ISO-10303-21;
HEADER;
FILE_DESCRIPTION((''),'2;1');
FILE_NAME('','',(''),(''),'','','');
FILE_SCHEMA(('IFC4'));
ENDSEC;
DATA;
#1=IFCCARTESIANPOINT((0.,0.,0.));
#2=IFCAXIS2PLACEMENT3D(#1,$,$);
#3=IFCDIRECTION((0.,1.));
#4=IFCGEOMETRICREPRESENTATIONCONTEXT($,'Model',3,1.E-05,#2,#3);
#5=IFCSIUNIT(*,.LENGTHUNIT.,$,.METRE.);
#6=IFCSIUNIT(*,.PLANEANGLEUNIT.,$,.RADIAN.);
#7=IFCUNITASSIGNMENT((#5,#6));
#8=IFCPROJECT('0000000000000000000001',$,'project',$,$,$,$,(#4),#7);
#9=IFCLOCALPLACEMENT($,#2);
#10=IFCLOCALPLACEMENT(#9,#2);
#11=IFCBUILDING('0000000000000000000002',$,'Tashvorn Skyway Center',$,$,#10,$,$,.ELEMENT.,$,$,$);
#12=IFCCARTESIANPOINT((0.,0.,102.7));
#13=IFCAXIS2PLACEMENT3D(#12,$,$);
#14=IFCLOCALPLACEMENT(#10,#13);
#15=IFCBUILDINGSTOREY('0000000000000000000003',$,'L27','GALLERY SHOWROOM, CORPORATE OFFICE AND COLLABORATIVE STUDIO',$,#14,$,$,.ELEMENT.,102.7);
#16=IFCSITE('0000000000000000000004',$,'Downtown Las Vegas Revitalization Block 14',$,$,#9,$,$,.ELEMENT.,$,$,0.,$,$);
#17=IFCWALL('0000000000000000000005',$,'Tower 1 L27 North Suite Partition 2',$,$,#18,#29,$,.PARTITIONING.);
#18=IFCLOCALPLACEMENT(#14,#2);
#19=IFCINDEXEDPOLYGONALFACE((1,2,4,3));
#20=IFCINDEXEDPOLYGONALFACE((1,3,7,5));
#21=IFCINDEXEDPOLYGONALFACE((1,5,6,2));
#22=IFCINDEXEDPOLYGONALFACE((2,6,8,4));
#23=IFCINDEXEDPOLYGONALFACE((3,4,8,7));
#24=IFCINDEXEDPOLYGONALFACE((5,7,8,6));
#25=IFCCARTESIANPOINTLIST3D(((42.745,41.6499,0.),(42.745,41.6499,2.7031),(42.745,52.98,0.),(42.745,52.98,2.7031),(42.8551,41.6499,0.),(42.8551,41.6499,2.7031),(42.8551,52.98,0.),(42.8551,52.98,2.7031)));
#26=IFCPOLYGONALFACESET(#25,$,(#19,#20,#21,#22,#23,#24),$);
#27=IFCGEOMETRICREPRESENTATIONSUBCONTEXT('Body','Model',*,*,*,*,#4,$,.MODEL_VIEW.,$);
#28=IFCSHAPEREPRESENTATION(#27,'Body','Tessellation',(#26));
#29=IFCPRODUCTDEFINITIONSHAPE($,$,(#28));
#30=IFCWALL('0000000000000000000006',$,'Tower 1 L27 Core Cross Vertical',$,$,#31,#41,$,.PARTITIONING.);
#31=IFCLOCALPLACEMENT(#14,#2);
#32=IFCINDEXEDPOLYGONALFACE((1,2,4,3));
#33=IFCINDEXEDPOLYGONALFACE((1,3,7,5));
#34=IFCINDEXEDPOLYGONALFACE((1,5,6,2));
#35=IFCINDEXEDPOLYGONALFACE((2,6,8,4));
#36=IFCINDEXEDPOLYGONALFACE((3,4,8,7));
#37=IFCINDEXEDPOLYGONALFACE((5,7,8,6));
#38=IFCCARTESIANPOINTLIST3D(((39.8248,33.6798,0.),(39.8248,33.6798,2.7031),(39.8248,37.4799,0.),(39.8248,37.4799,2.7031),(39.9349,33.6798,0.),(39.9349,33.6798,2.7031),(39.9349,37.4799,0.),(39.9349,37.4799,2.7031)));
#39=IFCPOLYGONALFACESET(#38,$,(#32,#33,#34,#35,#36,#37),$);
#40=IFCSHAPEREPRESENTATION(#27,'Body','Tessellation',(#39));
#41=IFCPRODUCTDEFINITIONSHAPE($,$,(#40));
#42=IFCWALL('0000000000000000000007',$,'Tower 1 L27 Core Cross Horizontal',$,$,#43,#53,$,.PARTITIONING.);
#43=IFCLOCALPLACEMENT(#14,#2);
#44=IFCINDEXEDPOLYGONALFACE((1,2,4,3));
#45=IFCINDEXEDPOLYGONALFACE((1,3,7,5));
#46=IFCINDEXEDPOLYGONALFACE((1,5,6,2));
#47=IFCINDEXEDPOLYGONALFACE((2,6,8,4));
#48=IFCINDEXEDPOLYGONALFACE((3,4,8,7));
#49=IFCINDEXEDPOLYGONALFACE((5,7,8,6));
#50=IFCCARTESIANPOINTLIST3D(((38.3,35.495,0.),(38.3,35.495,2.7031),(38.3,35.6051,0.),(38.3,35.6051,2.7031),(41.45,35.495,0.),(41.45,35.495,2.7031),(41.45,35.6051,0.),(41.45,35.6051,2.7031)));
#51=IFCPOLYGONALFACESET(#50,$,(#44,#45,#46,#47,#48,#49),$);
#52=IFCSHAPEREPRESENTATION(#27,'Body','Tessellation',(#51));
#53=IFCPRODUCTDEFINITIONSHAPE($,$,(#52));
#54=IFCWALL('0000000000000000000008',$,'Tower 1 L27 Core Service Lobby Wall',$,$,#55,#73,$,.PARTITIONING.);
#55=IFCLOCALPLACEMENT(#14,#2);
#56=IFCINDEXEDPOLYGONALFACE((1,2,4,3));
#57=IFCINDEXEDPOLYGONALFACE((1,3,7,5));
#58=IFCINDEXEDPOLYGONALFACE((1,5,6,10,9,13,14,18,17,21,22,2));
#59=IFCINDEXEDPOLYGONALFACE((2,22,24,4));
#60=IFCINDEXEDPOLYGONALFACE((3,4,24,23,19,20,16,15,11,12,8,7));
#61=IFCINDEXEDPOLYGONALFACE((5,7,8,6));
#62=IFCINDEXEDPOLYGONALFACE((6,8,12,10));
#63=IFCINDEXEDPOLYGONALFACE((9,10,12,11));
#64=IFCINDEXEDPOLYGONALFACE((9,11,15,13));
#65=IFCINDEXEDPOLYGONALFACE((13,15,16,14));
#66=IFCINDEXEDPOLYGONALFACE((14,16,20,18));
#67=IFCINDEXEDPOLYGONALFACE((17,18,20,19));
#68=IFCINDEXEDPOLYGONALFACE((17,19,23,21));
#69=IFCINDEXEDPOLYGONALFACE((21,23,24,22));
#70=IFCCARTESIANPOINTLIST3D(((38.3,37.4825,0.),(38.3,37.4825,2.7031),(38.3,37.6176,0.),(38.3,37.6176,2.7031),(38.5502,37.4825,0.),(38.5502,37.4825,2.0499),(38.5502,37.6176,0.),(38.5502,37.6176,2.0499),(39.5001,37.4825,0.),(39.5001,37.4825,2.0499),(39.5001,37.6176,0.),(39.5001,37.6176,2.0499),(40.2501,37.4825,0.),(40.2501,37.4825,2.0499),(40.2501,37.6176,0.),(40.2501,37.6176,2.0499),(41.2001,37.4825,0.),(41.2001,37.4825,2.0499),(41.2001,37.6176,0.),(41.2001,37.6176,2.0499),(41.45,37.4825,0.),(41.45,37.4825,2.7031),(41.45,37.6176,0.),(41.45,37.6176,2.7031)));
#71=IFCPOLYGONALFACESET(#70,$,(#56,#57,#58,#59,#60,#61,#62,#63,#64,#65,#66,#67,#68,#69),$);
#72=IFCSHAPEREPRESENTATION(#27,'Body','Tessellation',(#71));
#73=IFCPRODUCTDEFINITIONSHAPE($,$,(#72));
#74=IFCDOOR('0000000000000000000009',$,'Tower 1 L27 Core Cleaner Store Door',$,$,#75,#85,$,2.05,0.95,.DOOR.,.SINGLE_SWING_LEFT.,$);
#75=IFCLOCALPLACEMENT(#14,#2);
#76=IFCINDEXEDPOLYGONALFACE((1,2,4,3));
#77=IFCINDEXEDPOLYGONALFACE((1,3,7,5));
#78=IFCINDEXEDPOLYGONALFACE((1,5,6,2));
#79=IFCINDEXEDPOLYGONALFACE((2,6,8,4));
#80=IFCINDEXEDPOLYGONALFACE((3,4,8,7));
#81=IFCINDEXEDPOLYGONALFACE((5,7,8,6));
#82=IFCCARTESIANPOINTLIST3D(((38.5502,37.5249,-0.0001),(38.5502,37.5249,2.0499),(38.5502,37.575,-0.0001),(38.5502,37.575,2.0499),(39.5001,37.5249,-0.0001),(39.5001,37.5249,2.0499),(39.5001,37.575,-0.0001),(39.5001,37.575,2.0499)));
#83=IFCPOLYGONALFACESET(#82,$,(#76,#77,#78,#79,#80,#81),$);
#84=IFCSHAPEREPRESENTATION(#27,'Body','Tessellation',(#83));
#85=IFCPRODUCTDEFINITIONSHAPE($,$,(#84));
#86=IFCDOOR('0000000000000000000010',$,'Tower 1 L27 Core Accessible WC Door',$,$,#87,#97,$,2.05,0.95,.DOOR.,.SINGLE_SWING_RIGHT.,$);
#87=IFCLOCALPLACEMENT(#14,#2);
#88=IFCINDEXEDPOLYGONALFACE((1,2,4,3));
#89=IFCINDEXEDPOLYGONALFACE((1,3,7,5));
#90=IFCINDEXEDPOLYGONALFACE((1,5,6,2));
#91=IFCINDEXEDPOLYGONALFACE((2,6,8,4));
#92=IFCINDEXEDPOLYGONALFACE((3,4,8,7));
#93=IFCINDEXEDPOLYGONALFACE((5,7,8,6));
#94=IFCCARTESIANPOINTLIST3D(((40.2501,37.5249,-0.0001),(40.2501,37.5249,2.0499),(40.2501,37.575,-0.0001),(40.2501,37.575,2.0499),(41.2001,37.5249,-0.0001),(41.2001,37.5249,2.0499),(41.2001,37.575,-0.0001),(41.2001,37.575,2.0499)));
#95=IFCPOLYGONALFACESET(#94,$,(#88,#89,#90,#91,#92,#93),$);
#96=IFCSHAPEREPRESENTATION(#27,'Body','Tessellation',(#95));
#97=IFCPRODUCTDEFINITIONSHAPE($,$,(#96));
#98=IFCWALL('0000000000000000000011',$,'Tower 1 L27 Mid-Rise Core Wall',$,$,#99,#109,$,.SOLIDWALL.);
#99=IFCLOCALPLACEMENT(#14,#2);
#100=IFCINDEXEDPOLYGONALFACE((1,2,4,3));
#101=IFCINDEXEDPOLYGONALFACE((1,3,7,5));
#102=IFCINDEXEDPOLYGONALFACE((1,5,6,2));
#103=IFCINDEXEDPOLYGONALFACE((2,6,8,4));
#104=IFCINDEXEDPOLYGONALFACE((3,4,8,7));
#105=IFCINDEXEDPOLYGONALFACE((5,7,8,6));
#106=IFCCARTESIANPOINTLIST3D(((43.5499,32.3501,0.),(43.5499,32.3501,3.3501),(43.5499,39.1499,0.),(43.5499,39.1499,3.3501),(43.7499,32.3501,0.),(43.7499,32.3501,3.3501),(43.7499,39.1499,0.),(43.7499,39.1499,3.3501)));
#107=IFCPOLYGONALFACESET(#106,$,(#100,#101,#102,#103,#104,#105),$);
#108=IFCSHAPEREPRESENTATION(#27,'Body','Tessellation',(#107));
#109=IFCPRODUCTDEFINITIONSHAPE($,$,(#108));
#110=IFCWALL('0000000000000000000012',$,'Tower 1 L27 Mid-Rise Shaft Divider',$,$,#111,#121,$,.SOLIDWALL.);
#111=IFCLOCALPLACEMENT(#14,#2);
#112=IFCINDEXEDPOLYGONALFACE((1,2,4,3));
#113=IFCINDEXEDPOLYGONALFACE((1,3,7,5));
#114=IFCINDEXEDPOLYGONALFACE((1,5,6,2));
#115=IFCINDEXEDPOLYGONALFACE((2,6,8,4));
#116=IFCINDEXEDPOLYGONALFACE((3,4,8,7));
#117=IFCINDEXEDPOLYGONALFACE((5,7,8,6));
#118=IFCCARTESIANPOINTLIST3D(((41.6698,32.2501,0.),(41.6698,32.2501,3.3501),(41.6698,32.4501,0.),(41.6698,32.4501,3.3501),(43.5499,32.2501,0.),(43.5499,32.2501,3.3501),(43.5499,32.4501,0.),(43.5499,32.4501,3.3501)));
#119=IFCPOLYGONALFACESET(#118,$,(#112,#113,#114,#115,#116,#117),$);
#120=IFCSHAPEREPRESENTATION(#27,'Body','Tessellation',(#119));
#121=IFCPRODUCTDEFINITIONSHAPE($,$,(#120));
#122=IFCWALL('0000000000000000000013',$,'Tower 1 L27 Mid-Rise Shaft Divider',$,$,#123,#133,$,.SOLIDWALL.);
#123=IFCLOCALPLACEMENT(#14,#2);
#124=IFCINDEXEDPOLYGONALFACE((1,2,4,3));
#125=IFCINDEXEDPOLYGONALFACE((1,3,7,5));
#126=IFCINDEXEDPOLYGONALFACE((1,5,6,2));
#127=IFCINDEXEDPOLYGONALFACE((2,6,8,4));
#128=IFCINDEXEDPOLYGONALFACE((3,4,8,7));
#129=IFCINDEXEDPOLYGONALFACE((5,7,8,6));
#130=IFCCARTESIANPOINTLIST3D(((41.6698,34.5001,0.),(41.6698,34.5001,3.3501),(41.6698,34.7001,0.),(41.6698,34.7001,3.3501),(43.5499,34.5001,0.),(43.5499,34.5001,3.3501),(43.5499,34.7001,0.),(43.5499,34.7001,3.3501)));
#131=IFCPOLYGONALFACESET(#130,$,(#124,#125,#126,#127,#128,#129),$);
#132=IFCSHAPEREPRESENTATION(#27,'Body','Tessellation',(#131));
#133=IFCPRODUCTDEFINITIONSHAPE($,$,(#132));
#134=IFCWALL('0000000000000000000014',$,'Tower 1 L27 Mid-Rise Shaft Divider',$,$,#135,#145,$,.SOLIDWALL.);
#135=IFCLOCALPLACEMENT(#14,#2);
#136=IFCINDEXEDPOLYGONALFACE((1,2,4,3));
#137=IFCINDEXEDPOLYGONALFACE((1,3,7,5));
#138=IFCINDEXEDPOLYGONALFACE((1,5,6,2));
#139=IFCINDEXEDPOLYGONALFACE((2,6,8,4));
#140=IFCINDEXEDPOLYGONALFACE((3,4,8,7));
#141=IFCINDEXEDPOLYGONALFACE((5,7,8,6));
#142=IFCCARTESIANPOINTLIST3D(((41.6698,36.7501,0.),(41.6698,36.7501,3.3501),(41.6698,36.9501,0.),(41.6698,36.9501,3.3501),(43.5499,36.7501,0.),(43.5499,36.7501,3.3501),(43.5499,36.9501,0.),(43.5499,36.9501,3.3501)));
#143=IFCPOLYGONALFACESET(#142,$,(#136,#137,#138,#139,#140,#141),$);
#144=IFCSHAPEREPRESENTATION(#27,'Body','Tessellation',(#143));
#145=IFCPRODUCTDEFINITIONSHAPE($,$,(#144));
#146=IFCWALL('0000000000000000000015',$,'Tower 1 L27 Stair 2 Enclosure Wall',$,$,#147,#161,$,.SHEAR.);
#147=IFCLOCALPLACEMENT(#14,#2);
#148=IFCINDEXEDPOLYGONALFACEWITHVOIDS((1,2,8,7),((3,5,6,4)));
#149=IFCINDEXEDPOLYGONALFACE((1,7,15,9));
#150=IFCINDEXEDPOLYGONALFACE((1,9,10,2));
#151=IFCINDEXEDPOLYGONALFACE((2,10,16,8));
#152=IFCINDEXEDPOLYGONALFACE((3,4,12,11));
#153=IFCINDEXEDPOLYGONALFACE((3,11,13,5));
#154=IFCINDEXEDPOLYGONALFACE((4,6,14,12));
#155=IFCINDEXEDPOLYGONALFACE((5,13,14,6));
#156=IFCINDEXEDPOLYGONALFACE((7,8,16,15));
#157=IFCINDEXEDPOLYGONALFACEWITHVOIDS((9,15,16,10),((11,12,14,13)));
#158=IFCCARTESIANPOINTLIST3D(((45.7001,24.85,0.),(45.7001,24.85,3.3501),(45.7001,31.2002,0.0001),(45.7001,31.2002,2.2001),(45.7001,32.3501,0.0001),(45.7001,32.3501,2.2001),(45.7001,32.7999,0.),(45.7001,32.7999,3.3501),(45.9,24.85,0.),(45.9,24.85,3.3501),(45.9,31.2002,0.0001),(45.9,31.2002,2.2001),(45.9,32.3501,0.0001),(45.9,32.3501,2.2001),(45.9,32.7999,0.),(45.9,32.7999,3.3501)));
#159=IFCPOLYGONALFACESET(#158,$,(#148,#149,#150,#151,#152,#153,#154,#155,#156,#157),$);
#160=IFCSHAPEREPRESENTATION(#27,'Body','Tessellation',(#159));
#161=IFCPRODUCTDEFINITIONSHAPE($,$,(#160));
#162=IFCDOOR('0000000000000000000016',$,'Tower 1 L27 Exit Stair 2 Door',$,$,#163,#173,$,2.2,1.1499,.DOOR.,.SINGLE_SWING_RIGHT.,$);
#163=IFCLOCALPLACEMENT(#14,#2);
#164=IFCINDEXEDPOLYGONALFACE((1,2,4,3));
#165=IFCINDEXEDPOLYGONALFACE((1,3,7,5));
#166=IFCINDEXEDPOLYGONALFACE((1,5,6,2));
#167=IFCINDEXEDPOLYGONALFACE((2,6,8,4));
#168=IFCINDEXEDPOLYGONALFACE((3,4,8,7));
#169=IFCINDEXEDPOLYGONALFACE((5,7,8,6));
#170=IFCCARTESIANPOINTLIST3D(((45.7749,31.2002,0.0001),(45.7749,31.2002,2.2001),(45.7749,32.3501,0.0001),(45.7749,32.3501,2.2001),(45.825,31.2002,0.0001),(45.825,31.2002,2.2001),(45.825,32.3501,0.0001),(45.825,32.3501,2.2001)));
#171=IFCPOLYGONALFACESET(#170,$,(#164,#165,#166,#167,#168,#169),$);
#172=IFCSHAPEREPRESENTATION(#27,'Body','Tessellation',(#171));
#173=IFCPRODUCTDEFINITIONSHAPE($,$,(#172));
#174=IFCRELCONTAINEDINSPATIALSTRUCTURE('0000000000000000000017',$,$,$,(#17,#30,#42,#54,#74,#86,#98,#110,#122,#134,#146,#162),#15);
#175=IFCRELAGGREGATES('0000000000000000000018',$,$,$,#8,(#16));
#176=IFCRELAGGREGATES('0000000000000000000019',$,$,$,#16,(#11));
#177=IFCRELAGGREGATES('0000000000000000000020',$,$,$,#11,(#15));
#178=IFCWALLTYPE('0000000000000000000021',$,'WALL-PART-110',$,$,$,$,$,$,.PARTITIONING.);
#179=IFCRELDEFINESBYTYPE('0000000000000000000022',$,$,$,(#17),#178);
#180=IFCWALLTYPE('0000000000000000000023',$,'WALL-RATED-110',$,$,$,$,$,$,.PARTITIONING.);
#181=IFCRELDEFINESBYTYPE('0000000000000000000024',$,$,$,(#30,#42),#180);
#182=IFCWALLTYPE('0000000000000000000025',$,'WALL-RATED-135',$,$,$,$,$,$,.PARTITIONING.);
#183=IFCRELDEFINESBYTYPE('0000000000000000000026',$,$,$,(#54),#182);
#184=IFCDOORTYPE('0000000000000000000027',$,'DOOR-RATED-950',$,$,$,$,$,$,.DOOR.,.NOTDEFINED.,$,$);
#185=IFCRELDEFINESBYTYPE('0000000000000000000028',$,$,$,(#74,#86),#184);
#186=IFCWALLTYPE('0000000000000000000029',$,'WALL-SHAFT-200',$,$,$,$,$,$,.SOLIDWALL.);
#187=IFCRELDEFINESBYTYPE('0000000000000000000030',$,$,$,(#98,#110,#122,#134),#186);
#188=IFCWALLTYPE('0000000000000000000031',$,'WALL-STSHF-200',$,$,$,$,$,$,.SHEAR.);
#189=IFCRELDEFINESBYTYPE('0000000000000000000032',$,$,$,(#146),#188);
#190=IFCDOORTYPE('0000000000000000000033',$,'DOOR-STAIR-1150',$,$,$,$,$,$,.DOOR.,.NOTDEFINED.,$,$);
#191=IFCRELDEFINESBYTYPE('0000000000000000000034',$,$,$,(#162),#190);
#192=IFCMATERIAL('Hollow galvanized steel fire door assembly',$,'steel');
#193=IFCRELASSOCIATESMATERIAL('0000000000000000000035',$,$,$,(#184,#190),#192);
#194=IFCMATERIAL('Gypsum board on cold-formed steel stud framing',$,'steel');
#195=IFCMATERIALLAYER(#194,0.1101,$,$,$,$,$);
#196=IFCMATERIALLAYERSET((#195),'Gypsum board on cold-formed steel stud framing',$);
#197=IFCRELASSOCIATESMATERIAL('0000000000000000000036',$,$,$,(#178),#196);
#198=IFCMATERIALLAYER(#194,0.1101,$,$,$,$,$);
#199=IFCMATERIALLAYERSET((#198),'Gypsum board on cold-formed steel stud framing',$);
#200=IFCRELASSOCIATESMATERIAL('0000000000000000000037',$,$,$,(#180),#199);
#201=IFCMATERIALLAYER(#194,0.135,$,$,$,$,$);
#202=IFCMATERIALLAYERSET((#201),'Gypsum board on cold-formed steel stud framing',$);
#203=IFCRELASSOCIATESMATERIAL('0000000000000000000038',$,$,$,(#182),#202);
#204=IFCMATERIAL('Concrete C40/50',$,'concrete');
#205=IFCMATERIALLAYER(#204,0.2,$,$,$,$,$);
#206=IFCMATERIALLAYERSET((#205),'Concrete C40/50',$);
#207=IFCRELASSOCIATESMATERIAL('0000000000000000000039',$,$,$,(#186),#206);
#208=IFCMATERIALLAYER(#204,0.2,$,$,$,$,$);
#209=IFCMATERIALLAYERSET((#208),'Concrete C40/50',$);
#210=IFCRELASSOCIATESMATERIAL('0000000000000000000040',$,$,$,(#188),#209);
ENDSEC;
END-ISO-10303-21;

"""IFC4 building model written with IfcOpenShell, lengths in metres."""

from ifc_helpers import new_model, si_unit, direction, frame, frame_2d, origin, place, context, subcontext, project, spatial, rectangle, extrude, material, layer, layer_set, type_object, element, fill, save


model = new_model("IFC4")

# Units and contexts
model_context = context("Model", 3, precision=1e-05, world=origin(), true_north=direction((0.0, 1.0)))
body_context = subcontext(model_context, "Body", "Model", "MODEL_VIEW")
ifc_project = project(units=[si_unit("LENGTHUNIT", "METRE"), si_unit("PLANEANGLEUNIT", "RADIAN")], contexts=[model_context])

# Site, building, storey
site_placement = place(None, origin())
site = spatial("IfcSite", under=ifc_project, at=site_placement, Name="Downtown Las Vegas Revitalization Block 14", CompositionType="ELEMENT", RefElevation=0.0)
building_placement = place(site_placement, origin())
building = spatial("IfcBuilding", under=site, at=building_placement, Name="Tashvorn Skyway Center", CompositionType="ELEMENT")
storey_placement = place(building_placement, frame((0.0, 0.0, 102.7)))
storey = spatial("IfcBuildingStorey", under=building, at=storey_placement, Name="L27", Description="GALLERY SHOWROOM, CORPORATE OFFICE AND COLLABORATIVE STUDIO", CompositionType="ELEMENT", Elevation=102.7)

# Shared definitions
ifc_material_1 = material(Name="Concrete C40/50", Category="concrete")
ifc_material_2 = material(Name="Hollow galvanized steel fire door assembly", Category="steel")
door_type_1 = type_object("IfcDoorType", Name="DOOR-RATED-950", OperationType="NOTDEFINED", PredefinedType="DOOR", material=ifc_material_2)

# Walls
ifc_material_3 = material(Name="Gypsum board on cold-formed steel stud framing", Category="steel")
ifc_layer_1 = layer(ifc_material_3, 0.1101)
ifc_layer_set_1 = layer_set([ifc_layer_1], Name="Gypsum board on cold-formed steel stud framing")
wall_type_1 = type_object("IfcWallType", Name="WALL-PART-110", PredefinedType="PARTITIONING", material=ifc_layer_set_1)
wall_1_placement = place(storey_placement, frame((42.8, 41.6499, 0.0), z_axis=(0.0, 0.0, 1.0), x_axis=(0.0, 1.0, 0.0)))
element("IfcWall", 1, at=wall_1_placement, inside=storey, type_object=wall_type_1, Name="Tower 1 L27 North Suite Partition 2", PredefinedType="PARTITIONING", context=body_context, shape_type="SweptSolid", body=[
    extrude(rectangle(XDim=11.3301, YDim=0.1101, at=frame_2d((5.665, 0.0))), origin(), (0.0, 0.0, 1.0), 2.7031),
])
ifc_layer_2 = layer(ifc_material_3, 0.1101)
ifc_layer_set_2 = layer_set([ifc_layer_2], Name="Gypsum board on cold-formed steel stud framing")
wall_type_2 = type_object("IfcWallType", Name="WALL-RATED-110", PredefinedType="PARTITIONING", material=ifc_layer_set_2)
wall_2_placement = place(storey_placement, frame((39.8799, 33.6799, 0.0), z_axis=(0.0, 0.0, 1.0), x_axis=(0.0, 1.0, 0.0)))
element("IfcWall", 2, at=wall_2_placement, inside=storey, type_object=wall_type_2, Name="Tower 1 L27 Core Cross Vertical", PredefinedType="PARTITIONING", context=body_context, shape_type="SweptSolid", body=[
    extrude(rectangle(XDim=3.8, YDim=0.1101, at=frame_2d((1.8999, 0.0))), origin(), (0.0, 0.0, 1.0), 2.7031),
])
wall_3_placement = place(storey_placement, frame((38.3, 35.55, 0.0), z_axis=(0.0, 0.0, 1.0), x_axis=(1.0, 0.0, 0.0)))
element("IfcWall", 3, at=wall_3_placement, inside=storey, type_object=wall_type_2, Name="Tower 1 L27 Core Cross Horizontal", PredefinedType="PARTITIONING", context=body_context, shape_type="SweptSolid", body=[
    extrude(rectangle(XDim=3.1499, YDim=0.1101, at=frame_2d((1.575, 0.0))), origin(), (0.0, 0.0, 1.0), 2.7031),
])

# Wall, openings, doors
ifc_layer_3 = layer(ifc_material_3, 0.135)
ifc_layer_set_3 = layer_set([ifc_layer_3], Name="Gypsum board on cold-formed steel stud framing")
wall_type_3 = type_object("IfcWallType", Name="WALL-RATED-135", PredefinedType="PARTITIONING", material=ifc_layer_set_3)
wall_4_placement = place(storey_placement, frame((38.3, 37.55, 0.0), z_axis=(0.0, 0.0, 1.0), x_axis=(1.0, 0.0, 0.0)))
wall_4 = element("IfcWall", 4, at=wall_4_placement, inside=storey, type_object=wall_type_3, Name="Tower 1 L27 Core Service Lobby Wall", PredefinedType="PARTITIONING", context=body_context, shape_type="SweptSolid", body=[
    extrude(rectangle(XDim=3.1499, YDim=0.135, at=frame_2d((1.575, 0.0))), origin(), (0.0, 0.0, 1.0), 2.7031),
])
opening_1_placement = place(wall_4_placement, frame((0.25, 0.0, 0.0)))
opening_1 = element("IfcOpeningElement", 5, at=opening_1_placement, cuts=wall_4, PredefinedType="OPENING", context=body_context, shape_type="SweptSolid", body=[
    extrude(rectangle(XDim=0.95, YDim=2.05, at=frame_2d((0.4751, 1.0249))), frame((0.0, 0.0774, 0.0), z_axis=(0.0, -1.0, 0.0), x_axis=(1.0, 0.0, 0.0)), (0.0, 0.0, 1.0), 0.155),
])
opening_2_placement = place(wall_4_placement, frame((1.95, 0.0, 0.0)))
opening_2 = element("IfcOpeningElement", 6, at=opening_2_placement, cuts=wall_4, PredefinedType="OPENING", context=body_context, shape_type="SweptSolid", body=[
    extrude(rectangle(XDim=0.95, YDim=2.05, at=frame_2d((0.4751, 1.0249))), frame((0.0, 0.0774, 0.0), z_axis=(0.0, -1.0, 0.0), x_axis=(1.0, 0.0, 0.0)), (0.0, 0.0, 1.0), 0.155),
])
door_1_placement = place(opening_1_placement, origin())
door_1 = element("IfcDoor", 7, at=door_1_placement, inside=storey, type_object=door_type_1, Name="Tower 1 L27 Core Cleaner Store Door", OperationType="SINGLE_SWING_LEFT", OverallHeight=2.05, OverallWidth=0.95, PredefinedType="DOOR", context=body_context, shape_type="SweptSolid", body=[
    extrude(rectangle(XDim=0.95, YDim=2.05, at=frame_2d((0.4751, 1.0249))), frame((0.0, 0.0249, 0.0), z_axis=(0.0, -1.0, 0.0), x_axis=(1.0, 0.0, 0.0)), (0.0, 0.0, 1.0), 0.05),
])
fill(opening_1, door_1)
door_2_placement = place(opening_2_placement, origin())
door_2 = element("IfcDoor", 8, at=door_2_placement, inside=storey, type_object=door_type_1, Name="Tower 1 L27 Core Accessible WC Door", OperationType="SINGLE_SWING_RIGHT", OverallHeight=2.05, OverallWidth=0.95, PredefinedType="DOOR", context=body_context, shape_type="SweptSolid", body=[
    extrude(rectangle(XDim=0.95, YDim=2.05, at=frame_2d((0.4751, 1.0249))), frame((0.0, 0.0249, 0.0), z_axis=(0.0, -1.0, 0.0), x_axis=(1.0, 0.0, 0.0)), (0.0, 0.0, 1.0), 0.05),
])
fill(opening_2, door_2)

# Walls
ifc_layer_4 = layer(ifc_material_1, 0.2)
ifc_layer_set_4 = layer_set([ifc_layer_4], Name="Concrete C40/50")
wall_type_4 = type_object("IfcWallType", Name="WALL-SHAFT-200", PredefinedType="SOLIDWALL", material=ifc_layer_set_4)
wall_5_placement = place(storey_placement, frame((43.6499, 32.3501, 0.0), z_axis=(0.0, 0.0, 1.0), x_axis=(0.0, 1.0, 0.0)))
element("IfcWall", 9, at=wall_5_placement, inside=storey, type_object=wall_type_4, Name="Tower 1 L27 Mid-Rise Core Wall", PredefinedType="SOLIDWALL", context=body_context, shape_type="SweptSolid", body=[
    extrude(rectangle(XDim=6.7998, YDim=0.2, at=frame_2d((3.3999, 0.0))), origin(), (0.0, 0.0, 1.0), 3.3501),
])
for number, where, z_axis, x_axis, name in (
    (10, (41.6699, 32.3501, 0.0), (0.0, 0.0, 1.0), (1.0, 0.0, 0.0), "Tower 1 L27 Mid-Rise Shaft Divider"),
    (11, (41.6699, 34.6001, 0.0), (0.0, 0.0, 1.0), (1.0, 0.0, 0.0), "Tower 1 L27 Mid-Rise Shaft Divider"),
    (12, (41.6699, 36.8501, 0.0), (0.0, 0.0, 1.0), (1.0, 0.0, 0.0), "Tower 1 L27 Mid-Rise Shaft Divider"),
):
    element("IfcWall", number, at=place(storey_placement, frame(where, z_axis=z_axis, x_axis=x_axis)), inside=storey, type_object=wall_type_4, Name=name, PredefinedType="SOLIDWALL", context=body_context, shape_type="SweptSolid", body=[
        extrude(rectangle(XDim=1.8801, YDim=0.2, at=frame_2d((0.9399, 0.0))), origin(), (0.0, 0.0, 1.0), 3.3501),
    ])

# Wall, opening, door
ifc_layer_5 = layer(ifc_material_1, 0.2)
ifc_layer_set_5 = layer_set([ifc_layer_5], Name="Concrete C40/50")
wall_type_5 = type_object("IfcWallType", Name="WALL-STSHF-200", PredefinedType="SHEAR", material=ifc_layer_set_5)
wall_6_placement = place(storey_placement, frame((45.8, 32.8, 0.0), z_axis=(0.0, 0.0, 1.0), x_axis=(0.0, -1.0, 0.0)))
wall_6 = element("IfcWall", 13, at=wall_6_placement, inside=storey, type_object=wall_type_5, Name="Tower 1 L27 Stair 2 Enclosure Wall", PredefinedType="SHEAR", context=body_context, shape_type="SweptSolid", body=[
    extrude(rectangle(XDim=7.95, YDim=0.2, at=frame_2d((3.9751, 0.0))), origin(), (0.0, 0.0, 1.0), 3.3501),
])
opening_3_placement = place(wall_6_placement, frame((0.45, 0.0, 0.0)))
opening_3 = element("IfcOpeningElement", 14, at=opening_3_placement, cuts=wall_6, PredefinedType="OPENING", context=body_context, shape_type="SweptSolid", body=[
    extrude(rectangle(XDim=1.1499, YDim=2.2, at=frame_2d((0.575, 1.1001))), frame((0.0, 0.1099, 0.0), z_axis=(0.0, -1.0, 0.0), x_axis=(1.0, 0.0, 0.0)), (0.0, 0.0, 1.0), 0.22),
])
door_type_2 = type_object("IfcDoorType", Name="DOOR-STAIR-1150", OperationType="NOTDEFINED", PredefinedType="DOOR", material=ifc_material_2)
door_3_placement = place(opening_3_placement, origin())
door_3 = element("IfcDoor", 15, at=door_3_placement, inside=storey, type_object=door_type_2, Name="Tower 1 L27 Exit Stair 2 Door", OperationType="SINGLE_SWING_RIGHT", OverallHeight=2.2, OverallWidth=1.1499, PredefinedType="DOOR", context=body_context, shape_type="SweptSolid", body=[
    extrude(rectangle(XDim=1.1499, YDim=2.2, at=frame_2d((0.575, 1.1001))), frame((0.0, 0.0249, 0.0), z_axis=(0.0, -1.0, 0.0), x_axis=(1.0, 0.0, 0.0)), (0.0, 0.0, 1.0), 0.05),
])
fill(opening_3, door_3)

save(model, "model.ifc")
